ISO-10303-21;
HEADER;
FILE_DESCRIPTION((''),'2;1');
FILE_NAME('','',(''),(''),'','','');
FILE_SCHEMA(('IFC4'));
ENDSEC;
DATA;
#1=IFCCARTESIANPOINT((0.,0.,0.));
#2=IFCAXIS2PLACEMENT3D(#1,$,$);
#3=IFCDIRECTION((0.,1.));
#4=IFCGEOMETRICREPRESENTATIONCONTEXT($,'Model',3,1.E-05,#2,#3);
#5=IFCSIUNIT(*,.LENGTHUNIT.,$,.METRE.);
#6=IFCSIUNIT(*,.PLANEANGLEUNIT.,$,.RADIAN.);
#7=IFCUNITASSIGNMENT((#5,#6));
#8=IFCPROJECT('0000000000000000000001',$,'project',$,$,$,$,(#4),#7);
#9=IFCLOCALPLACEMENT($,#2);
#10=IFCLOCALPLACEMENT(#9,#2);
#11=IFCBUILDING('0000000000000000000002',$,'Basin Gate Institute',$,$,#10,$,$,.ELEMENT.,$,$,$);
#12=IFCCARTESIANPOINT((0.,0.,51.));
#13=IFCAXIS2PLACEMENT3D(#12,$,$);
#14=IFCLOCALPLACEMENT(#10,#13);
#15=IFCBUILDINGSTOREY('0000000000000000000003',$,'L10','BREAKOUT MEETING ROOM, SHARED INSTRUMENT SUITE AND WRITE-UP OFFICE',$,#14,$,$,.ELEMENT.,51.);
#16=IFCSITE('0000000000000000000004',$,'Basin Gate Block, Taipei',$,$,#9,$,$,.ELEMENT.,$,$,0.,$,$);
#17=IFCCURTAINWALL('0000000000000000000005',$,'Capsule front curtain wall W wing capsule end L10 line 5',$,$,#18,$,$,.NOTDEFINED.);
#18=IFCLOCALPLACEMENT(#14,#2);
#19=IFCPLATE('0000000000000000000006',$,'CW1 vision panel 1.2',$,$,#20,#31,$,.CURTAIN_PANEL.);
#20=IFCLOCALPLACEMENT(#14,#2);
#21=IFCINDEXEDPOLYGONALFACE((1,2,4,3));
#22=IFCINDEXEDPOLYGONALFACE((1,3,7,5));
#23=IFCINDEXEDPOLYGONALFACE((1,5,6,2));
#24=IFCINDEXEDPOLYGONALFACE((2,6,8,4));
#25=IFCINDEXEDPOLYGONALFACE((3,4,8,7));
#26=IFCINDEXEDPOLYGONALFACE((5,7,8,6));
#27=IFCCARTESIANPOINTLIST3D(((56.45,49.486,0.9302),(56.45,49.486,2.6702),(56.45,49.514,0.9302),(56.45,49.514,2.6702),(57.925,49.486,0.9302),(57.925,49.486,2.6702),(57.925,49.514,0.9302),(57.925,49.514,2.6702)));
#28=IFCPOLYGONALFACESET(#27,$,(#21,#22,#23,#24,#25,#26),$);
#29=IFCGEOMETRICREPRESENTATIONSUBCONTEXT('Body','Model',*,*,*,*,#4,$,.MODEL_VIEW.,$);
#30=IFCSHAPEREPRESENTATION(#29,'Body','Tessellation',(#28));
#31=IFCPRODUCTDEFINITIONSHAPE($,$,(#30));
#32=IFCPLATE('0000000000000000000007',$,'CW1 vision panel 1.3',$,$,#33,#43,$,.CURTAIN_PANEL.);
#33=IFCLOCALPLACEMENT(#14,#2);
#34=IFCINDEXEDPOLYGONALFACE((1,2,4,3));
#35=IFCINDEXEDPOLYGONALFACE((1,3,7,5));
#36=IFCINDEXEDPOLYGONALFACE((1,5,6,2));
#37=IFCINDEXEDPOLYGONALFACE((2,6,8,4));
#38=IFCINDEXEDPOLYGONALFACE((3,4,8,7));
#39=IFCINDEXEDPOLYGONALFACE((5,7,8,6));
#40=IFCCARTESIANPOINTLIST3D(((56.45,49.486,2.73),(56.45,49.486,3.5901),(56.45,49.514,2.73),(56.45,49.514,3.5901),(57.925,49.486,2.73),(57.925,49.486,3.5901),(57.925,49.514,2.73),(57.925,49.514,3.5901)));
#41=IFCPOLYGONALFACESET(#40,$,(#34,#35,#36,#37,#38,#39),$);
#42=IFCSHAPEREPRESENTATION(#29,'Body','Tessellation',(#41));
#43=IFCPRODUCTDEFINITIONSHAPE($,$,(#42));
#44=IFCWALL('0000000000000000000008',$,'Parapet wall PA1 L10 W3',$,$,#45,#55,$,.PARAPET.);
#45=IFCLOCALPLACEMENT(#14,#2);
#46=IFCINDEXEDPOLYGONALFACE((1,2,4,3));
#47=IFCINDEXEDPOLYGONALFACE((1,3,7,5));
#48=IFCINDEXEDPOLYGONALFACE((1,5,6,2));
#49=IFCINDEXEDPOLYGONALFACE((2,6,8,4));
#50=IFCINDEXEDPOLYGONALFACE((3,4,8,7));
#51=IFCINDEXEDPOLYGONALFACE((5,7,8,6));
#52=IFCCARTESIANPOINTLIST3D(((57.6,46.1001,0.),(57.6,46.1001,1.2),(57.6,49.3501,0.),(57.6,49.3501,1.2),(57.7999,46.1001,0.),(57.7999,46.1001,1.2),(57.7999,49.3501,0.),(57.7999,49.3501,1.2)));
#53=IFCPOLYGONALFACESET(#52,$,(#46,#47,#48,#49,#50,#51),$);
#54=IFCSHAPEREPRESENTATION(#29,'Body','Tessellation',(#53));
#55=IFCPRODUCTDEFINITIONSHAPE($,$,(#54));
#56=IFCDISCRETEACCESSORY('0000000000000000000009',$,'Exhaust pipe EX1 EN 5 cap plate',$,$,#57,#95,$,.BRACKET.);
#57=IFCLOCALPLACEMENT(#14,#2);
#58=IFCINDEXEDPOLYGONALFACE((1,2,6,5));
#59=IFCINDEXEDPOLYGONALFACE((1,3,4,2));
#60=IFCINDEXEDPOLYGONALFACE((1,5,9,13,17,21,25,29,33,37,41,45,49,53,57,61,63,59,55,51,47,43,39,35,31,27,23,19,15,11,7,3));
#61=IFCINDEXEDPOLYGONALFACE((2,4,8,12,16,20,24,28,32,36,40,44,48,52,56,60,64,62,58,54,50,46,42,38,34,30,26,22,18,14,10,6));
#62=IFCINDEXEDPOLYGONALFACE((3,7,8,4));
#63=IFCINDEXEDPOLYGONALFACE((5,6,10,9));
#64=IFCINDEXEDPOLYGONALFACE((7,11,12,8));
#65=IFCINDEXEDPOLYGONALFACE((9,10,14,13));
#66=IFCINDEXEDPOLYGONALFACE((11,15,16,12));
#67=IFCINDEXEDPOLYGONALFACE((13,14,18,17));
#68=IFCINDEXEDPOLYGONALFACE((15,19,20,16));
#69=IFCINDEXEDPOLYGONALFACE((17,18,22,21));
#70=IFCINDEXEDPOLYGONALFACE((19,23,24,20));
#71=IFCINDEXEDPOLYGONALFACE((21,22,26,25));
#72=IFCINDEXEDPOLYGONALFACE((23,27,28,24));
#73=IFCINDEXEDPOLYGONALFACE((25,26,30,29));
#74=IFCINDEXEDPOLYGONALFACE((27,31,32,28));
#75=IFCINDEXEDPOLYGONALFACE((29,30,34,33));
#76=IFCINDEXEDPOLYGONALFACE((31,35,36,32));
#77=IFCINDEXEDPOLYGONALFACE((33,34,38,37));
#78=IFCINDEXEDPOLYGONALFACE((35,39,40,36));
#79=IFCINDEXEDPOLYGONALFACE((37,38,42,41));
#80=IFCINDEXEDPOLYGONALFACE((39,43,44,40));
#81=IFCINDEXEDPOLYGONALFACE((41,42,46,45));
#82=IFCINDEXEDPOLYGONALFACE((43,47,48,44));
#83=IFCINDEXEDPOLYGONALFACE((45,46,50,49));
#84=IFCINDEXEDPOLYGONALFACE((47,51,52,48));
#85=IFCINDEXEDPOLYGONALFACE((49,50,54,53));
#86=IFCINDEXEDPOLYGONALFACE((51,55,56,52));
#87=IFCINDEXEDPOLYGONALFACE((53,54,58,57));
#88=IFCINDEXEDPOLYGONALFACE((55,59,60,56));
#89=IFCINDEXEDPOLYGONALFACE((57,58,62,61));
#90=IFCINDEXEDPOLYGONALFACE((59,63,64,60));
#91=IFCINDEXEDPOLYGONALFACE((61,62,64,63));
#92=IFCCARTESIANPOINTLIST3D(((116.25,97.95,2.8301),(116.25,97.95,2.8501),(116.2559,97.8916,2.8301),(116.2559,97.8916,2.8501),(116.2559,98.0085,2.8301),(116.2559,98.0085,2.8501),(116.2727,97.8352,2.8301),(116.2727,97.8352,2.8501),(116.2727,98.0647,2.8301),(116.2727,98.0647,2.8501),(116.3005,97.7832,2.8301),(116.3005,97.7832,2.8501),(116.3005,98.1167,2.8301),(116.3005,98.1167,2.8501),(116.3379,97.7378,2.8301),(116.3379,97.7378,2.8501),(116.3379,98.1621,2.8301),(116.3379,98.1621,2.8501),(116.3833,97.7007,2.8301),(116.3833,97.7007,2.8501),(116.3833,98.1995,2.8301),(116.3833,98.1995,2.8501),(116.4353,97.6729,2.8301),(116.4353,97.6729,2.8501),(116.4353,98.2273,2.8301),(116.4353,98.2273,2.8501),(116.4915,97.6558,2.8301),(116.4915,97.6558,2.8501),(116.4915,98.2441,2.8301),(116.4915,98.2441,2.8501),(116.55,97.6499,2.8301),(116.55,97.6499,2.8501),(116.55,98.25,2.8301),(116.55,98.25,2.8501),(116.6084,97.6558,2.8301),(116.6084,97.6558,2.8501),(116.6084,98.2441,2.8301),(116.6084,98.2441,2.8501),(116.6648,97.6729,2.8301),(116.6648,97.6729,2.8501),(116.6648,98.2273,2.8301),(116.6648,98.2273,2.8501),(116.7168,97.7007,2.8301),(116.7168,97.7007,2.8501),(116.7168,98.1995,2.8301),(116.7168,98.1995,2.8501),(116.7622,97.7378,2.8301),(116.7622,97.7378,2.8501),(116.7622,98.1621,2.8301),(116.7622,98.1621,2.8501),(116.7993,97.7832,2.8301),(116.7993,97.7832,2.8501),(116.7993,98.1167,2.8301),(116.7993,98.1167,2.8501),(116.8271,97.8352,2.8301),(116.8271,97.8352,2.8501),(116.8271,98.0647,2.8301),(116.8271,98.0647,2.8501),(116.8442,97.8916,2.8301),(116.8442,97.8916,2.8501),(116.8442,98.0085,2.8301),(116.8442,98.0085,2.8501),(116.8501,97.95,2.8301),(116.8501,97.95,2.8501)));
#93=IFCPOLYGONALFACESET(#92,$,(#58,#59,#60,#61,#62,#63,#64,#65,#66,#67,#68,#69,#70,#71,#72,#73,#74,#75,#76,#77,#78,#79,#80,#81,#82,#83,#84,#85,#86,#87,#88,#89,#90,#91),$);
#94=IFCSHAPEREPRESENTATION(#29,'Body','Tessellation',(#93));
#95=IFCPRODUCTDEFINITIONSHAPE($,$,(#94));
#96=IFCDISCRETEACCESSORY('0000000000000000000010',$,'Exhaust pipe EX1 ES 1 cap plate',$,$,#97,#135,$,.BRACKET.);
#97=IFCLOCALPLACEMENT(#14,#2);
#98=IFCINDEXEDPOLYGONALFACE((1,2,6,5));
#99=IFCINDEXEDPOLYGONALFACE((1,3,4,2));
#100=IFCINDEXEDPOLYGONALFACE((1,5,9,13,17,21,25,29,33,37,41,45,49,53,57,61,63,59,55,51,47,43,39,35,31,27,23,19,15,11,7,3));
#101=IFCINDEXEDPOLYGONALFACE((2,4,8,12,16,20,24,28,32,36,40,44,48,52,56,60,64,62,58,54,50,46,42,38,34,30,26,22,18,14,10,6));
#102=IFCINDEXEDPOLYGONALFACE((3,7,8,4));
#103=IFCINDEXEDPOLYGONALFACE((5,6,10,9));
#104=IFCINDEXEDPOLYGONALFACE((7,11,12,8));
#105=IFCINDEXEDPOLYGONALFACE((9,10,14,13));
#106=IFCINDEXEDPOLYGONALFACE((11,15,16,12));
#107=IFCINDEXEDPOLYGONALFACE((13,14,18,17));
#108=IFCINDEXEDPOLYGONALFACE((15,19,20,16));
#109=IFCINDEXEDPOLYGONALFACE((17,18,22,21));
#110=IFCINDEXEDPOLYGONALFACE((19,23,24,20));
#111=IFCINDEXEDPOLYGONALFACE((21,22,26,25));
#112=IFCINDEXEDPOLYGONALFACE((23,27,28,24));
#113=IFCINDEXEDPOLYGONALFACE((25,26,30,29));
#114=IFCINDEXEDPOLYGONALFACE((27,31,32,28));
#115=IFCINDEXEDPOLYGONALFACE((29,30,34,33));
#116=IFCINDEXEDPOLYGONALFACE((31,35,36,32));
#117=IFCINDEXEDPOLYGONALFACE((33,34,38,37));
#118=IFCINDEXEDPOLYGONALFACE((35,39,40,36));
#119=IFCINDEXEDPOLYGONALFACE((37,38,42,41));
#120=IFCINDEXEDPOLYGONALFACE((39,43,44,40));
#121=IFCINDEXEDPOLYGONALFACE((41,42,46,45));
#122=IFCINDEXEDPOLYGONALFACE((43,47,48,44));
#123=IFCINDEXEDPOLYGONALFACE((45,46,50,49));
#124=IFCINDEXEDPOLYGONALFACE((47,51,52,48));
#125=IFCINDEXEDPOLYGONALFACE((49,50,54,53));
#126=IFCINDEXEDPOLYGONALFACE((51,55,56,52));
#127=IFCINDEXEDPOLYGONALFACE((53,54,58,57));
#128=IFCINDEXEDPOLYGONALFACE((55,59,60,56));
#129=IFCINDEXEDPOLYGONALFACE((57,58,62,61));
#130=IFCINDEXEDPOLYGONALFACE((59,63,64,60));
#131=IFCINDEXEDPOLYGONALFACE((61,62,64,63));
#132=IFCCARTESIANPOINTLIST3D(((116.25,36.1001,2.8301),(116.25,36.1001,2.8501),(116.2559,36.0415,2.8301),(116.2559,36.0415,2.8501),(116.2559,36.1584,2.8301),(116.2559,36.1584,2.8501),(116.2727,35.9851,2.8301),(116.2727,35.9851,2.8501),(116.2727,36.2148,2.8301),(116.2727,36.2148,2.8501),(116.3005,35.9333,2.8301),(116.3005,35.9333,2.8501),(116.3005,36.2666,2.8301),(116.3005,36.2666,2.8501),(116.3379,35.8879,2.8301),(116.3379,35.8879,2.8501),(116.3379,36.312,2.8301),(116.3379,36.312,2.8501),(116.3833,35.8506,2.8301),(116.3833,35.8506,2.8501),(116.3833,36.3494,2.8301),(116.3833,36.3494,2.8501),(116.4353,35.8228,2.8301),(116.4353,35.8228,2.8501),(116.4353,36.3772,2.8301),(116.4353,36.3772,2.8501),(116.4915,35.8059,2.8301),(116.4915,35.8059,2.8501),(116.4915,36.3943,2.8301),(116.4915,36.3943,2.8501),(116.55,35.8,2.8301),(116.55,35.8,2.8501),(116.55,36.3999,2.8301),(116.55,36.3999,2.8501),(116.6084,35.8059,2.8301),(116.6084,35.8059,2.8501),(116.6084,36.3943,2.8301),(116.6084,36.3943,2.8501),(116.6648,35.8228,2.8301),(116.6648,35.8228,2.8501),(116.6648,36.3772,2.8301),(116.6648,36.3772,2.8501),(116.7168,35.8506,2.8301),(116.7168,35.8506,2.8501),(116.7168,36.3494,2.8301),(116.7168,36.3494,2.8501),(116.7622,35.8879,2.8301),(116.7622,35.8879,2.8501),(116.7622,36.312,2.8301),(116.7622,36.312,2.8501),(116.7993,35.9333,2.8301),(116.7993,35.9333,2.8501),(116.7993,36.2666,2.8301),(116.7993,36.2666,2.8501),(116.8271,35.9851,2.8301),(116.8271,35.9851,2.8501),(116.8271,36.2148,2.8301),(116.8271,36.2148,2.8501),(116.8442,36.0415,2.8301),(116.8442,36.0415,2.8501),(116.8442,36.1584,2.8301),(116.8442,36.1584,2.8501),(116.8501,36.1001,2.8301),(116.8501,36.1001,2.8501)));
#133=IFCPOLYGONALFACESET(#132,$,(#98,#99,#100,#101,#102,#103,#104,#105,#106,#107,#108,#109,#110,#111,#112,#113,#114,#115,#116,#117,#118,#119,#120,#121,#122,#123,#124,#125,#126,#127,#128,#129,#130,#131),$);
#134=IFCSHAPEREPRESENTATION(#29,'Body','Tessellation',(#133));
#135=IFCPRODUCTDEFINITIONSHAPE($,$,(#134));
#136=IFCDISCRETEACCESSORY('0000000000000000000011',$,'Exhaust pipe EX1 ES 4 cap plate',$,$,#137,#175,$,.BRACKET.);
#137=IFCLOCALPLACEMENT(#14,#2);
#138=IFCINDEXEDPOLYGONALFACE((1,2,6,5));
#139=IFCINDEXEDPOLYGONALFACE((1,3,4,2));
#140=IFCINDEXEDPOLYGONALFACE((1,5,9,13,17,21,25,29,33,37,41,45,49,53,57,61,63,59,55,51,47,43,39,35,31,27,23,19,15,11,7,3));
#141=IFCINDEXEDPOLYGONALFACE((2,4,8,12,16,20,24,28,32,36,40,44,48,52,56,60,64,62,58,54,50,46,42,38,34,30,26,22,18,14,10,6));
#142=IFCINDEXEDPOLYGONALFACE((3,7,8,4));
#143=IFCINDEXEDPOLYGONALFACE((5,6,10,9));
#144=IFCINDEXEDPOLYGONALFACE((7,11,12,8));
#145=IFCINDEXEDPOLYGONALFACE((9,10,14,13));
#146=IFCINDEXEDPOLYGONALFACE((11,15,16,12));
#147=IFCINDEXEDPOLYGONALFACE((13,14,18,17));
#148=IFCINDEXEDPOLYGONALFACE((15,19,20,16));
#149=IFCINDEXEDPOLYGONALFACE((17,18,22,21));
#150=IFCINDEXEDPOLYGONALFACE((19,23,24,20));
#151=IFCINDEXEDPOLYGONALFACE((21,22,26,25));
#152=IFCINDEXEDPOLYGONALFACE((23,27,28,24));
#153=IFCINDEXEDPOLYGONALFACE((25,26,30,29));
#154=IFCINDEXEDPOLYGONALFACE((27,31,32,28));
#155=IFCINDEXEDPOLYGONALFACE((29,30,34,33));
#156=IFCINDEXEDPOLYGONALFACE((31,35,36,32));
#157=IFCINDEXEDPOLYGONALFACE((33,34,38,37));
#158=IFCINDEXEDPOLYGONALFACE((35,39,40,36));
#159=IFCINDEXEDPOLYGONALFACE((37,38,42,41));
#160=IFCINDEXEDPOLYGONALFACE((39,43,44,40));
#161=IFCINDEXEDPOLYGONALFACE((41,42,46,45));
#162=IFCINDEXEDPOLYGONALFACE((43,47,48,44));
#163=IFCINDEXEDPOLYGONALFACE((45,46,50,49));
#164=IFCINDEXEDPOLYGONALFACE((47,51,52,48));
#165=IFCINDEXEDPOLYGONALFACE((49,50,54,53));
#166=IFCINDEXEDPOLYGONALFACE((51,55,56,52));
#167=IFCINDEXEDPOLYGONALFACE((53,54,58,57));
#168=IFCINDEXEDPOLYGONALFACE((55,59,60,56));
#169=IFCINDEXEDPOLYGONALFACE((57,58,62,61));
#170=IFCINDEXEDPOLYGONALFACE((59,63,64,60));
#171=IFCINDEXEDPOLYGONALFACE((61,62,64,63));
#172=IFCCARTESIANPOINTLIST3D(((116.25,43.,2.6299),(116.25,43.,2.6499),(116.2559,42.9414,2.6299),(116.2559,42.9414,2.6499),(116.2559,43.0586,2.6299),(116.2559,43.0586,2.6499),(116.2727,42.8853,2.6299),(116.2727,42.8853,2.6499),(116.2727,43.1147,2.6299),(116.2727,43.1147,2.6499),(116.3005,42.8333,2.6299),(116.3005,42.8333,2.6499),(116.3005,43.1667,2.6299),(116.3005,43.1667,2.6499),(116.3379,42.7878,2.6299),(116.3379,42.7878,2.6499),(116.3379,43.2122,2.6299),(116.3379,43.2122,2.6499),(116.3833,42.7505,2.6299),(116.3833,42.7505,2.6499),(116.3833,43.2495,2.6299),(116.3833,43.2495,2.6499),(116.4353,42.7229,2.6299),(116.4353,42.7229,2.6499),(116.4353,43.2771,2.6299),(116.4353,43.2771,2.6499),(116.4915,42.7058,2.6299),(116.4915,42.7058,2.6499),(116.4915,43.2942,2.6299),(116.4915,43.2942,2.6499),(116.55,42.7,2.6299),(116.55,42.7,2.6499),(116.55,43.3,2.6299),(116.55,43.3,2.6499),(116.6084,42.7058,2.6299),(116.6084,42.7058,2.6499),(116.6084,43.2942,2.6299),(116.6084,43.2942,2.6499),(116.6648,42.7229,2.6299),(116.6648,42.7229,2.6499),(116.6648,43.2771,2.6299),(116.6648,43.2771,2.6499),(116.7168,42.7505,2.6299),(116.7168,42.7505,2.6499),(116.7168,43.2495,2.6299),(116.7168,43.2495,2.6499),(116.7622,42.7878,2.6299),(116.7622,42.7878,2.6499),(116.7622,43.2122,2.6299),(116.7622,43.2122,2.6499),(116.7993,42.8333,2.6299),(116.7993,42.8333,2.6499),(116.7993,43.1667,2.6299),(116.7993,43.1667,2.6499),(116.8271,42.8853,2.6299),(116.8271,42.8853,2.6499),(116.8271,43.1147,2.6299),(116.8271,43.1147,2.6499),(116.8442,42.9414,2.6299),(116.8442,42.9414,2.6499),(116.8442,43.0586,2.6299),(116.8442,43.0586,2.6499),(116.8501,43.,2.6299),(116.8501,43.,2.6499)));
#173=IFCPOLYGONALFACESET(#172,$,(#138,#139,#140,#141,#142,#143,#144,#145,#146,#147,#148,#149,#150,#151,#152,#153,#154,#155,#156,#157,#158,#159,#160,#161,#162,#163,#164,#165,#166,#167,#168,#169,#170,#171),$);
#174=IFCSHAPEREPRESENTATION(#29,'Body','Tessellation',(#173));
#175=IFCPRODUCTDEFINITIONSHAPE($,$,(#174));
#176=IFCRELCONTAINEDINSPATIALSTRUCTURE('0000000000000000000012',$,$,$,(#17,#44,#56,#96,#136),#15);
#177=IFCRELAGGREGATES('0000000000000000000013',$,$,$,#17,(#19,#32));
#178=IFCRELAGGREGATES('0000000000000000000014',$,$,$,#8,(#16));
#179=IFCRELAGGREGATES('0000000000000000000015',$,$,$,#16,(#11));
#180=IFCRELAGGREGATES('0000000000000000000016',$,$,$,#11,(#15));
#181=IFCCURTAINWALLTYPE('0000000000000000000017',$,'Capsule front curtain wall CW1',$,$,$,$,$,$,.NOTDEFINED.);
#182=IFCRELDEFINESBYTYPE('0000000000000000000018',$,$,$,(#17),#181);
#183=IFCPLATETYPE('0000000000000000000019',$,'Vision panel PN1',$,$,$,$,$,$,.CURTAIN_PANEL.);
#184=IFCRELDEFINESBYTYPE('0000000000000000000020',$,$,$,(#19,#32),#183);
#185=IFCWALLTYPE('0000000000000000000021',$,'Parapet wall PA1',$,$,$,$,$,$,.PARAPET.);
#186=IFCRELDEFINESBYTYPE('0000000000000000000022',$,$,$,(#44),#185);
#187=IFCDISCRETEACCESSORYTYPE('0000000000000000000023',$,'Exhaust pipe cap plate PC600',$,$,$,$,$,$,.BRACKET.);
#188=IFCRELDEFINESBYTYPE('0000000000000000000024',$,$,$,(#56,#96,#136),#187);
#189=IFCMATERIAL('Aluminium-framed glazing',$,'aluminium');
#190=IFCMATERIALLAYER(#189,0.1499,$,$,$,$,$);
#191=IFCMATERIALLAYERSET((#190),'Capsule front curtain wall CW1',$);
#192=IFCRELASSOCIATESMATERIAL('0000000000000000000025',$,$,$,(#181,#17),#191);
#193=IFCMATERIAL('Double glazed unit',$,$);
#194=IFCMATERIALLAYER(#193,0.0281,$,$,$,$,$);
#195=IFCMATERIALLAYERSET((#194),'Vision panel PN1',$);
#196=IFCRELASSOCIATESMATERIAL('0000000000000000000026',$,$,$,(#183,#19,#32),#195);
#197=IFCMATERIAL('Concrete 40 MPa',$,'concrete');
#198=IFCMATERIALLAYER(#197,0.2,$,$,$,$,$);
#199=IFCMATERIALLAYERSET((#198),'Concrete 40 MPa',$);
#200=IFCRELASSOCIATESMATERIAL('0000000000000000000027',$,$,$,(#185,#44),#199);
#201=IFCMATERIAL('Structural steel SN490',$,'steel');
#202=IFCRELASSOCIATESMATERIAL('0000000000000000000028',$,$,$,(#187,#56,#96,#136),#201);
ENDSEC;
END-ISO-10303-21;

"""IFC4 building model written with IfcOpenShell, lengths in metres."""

from ifc_helpers import new_model, si_unit, direction, frame, frame_2d, origin, origin_2d, place, context, subcontext, project, spatial, polyline, rectangle, outline, extrude, material, layer, layer_set, type_object, element, aggregate, save


model = new_model("IFC4")

# Units and contexts
model_context = context("Model", 3, precision=1e-05, world=origin(), true_north=direction((0.0, 1.0)))
body_context = subcontext(model_context, "Body", "Model", "MODEL_VIEW")
ifc_project = project(units=[si_unit("LENGTHUNIT", "METRE"), si_unit("PLANEANGLEUNIT", "RADIAN")], contexts=[model_context])

# Site, building, storey
site_placement = place(None, origin())
site = spatial("IfcSite", under=ifc_project, at=site_placement, Name="Basin Gate Block, Taipei", CompositionType="ELEMENT", RefElevation=0.0)
building_placement = place(site_placement, origin())
building = spatial("IfcBuilding", under=site, at=building_placement, Name="Basin Gate Institute", CompositionType="ELEMENT")
storey_placement = place(building_placement, frame((0.0, 0.0, 51.0)))
storey = spatial("IfcBuildingStorey", under=building, at=storey_placement, Name="L10", Description="BREAKOUT MEETING ROOM, SHARED INSTRUMENT SUITE AND WRITE-UP OFFICE", CompositionType="ELEMENT", Elevation=51.0)

# Curtain wall
ifc_material_1 = material(Name="Aluminium-framed glazing", Category="aluminium")
ifc_layer_1 = layer(ifc_material_1, 0.1499)
ifc_layer_set_1 = layer_set([ifc_layer_1], Name="Capsule front curtain wall CW1")
curtain_wall_type = type_object("IfcCurtainWallType", Name="Capsule front curtain wall CW1", PredefinedType="NOTDEFINED", material=ifc_layer_set_1)
curtain_wall_1_placement = place(storey_placement, origin())
curtain_wall_1 = element("IfcCurtainWall", 1, at=curtain_wall_1_placement, inside=storey, type_object=curtain_wall_type, material=ifc_layer_set_1, Name="Capsule front curtain wall W wing capsule end L10 line 5", PredefinedType="NOTDEFINED")

# Plates
ifc_material_2 = material(Name="Double glazed unit")
ifc_layer_2 = layer(ifc_material_2, 0.0281)
ifc_layer_set_2 = layer_set([ifc_layer_2], Name="Vision panel PN1")
plate_type_1 = type_object("IfcPlateType", Name="Vision panel PN1", PredefinedType="CURTAIN_PANEL", material=ifc_layer_set_2)
plate_1_placement = place(storey_placement, frame((57.1875, 49.5, 0.9302), z_axis=(0.0, 0.0, 1.0), x_axis=(1.0, 0.0, 0.0)))
plate_1 = element("IfcPlate", 2, at=plate_1_placement, type_object=plate_type_1, material=ifc_layer_set_2, Name="CW1 vision panel 1.2", PredefinedType="CURTAIN_PANEL", context=body_context, shape_type="SweptSolid", body=[
    extrude(rectangle(XDim=1.4751, YDim=0.0281, at=origin_2d()), origin(), (0.0, 0.0, 1.0), 1.74),
])
plate_2_placement = place(storey_placement, frame((57.1875, 49.5, 2.73), z_axis=(0.0, 0.0, 1.0), x_axis=(1.0, 0.0, 0.0)))
plate_2 = element("IfcPlate", 3, at=plate_2_placement, type_object=plate_type_1, material=ifc_layer_set_2, Name="CW1 vision panel 1.3", PredefinedType="CURTAIN_PANEL", context=body_context, shape_type="SweptSolid", body=[
    extrude(rectangle(XDim=1.4751, YDim=0.0281, at=origin_2d()), origin(), (0.0, 0.0, 1.0), 0.8601),
])
aggregate(curtain_wall_1, [plate_1, plate_2])

# Wall
ifc_material_3 = material(Name="Concrete 40 MPa", Category="concrete")
ifc_layer_3 = layer(ifc_material_3, 0.2)
ifc_layer_set_3 = layer_set([ifc_layer_3], Name="Concrete 40 MPa")
wall_type = type_object("IfcWallType", Name="Parapet wall PA1", PredefinedType="PARAPET", material=ifc_layer_set_3)
wall_placement = place(storey_placement, frame((57.7, 46.1001, 0.0), z_axis=(0.0, 0.0, 1.0), x_axis=(0.0, 1.0, 0.0)))
element("IfcWall", 4, at=wall_placement, inside=storey, type_object=wall_type, material=ifc_layer_set_3, Name="Parapet wall PA1 L10 W3", PredefinedType="PARAPET", context=body_context, shape_type="SweptSolid", body=[
    extrude(rectangle(XDim=3.25, YDim=0.2, at=frame_2d((1.625, 0.0))), origin(), (0.0, 0.0, 1.0), 1.2),
])

# Discrete accessories
ifc_material_4 = material(Name="Structural steel SN490", Category="steel")
discrete_accessory_type_1 = type_object("IfcDiscreteAccessoryType", Name="Exhaust pipe cap plate PC600", PredefinedType="BRACKET", material=ifc_material_4)
discrete_accessory_1_placement = place(storey_placement, frame((0.0, 0.0, 2.8301)))
element("IfcDiscreteAccessory", 5, at=discrete_accessory_1_placement, inside=storey, type_object=discrete_accessory_type_1, material=ifc_material_4, Name="Exhaust pipe EX1 EN 5 cap plate", PredefinedType="BRACKET", context=body_context, shape_type="SweptSolid", body=[
    extrude(outline(polyline([(116.8501, 97.95), (116.8442, 98.0085), (116.8271, 98.0647), (116.7993, 98.1167), (116.7622, 98.1621), (116.7168, 98.1995), (116.6648, 98.2273), (116.6084, 98.2441), (116.55, 98.25), (116.4915, 98.2441), (116.4353, 98.2273), (116.3833, 98.1995), (116.3379, 98.1621), (116.3005, 98.1167), (116.2727, 98.0647), (116.2559, 98.0085), (116.25, 97.95), (116.2559, 97.8916), (116.2727, 97.8352), (116.3005, 97.7832), (116.3379, 97.7378), (116.3833, 97.7007), (116.4353, 97.6729), (116.4915, 97.6558), (116.55, 97.6499), (116.6084, 97.6558), (116.6648, 97.6729), (116.7168, 97.7007), (116.7622, 97.7378), (116.7993, 97.7832), (116.8271, 97.8352), (116.8442, 97.8916), (116.8501, 97.95)])), origin(), (0.0, 0.0, 1.0), 0.02),
])
discrete_accessory_2_placement = place(storey_placement, frame((0.0, 0.0, 2.8301)))
element("IfcDiscreteAccessory", 6, at=discrete_accessory_2_placement, inside=storey, type_object=discrete_accessory_type_1, material=ifc_material_4, Name="Exhaust pipe EX1 ES 1 cap plate", PredefinedType="BRACKET", context=body_context, shape_type="SweptSolid", body=[
    extrude(outline(polyline([(116.8501, 36.1001), (116.8442, 36.1584), (116.8271, 36.2148), (116.7993, 36.2666), (116.7622, 36.312), (116.7168, 36.3494), (116.6648, 36.3772), (116.6084, 36.3943), (116.55, 36.3999), (116.4915, 36.3943), (116.4353, 36.3772), (116.3833, 36.3494), (116.3379, 36.312), (116.3005, 36.2666), (116.2727, 36.2148), (116.2559, 36.1584), (116.25, 36.1001), (116.2559, 36.0415), (116.2727, 35.9851), (116.3005, 35.9333), (116.3379, 35.8879), (116.3833, 35.8506), (116.4353, 35.8228), (116.4915, 35.8059), (116.55, 35.8), (116.6084, 35.8059), (116.6648, 35.8228), (116.7168, 35.8506), (116.7622, 35.8879), (116.7993, 35.9333), (116.8271, 35.9851), (116.8442, 36.0415), (116.8501, 36.1001)])), origin(), (0.0, 0.0, 1.0), 0.02),
])
discrete_accessory_3_placement = place(storey_placement, frame((0.0, 0.0, 2.6299)))
element("IfcDiscreteAccessory", 7, at=discrete_accessory_3_placement, inside=storey, type_object=discrete_accessory_type_1, material=ifc_material_4, Name="Exhaust pipe EX1 ES 4 cap plate", PredefinedType="BRACKET", context=body_context, shape_type="SweptSolid", body=[
    extrude(outline(polyline([(116.8501, 43.0), (116.8442, 43.0586), (116.8271, 43.1147), (116.7993, 43.1667), (116.7622, 43.2122), (116.7168, 43.2495), (116.6648, 43.2771), (116.6084, 43.2942), (116.55, 43.3), (116.4915, 43.2942), (116.4353, 43.2771), (116.3833, 43.2495), (116.3379, 43.2122), (116.3005, 43.1667), (116.2727, 43.1147), (116.2559, 43.0586), (116.25, 43.0), (116.2559, 42.9414), (116.2727, 42.8853), (116.3005, 42.8333), (116.3379, 42.7878), (116.3833, 42.7505), (116.4353, 42.7229), (116.4915, 42.7058), (116.55, 42.7), (116.6084, 42.7058), (116.6648, 42.7229), (116.7168, 42.7505), (116.7622, 42.7878), (116.7993, 42.8333), (116.8271, 42.8853), (116.8442, 42.9414), (116.8501, 43.0)])), origin(), (0.0, 0.0, 1.0), 0.02),
])

save(model, "model.ifc")
